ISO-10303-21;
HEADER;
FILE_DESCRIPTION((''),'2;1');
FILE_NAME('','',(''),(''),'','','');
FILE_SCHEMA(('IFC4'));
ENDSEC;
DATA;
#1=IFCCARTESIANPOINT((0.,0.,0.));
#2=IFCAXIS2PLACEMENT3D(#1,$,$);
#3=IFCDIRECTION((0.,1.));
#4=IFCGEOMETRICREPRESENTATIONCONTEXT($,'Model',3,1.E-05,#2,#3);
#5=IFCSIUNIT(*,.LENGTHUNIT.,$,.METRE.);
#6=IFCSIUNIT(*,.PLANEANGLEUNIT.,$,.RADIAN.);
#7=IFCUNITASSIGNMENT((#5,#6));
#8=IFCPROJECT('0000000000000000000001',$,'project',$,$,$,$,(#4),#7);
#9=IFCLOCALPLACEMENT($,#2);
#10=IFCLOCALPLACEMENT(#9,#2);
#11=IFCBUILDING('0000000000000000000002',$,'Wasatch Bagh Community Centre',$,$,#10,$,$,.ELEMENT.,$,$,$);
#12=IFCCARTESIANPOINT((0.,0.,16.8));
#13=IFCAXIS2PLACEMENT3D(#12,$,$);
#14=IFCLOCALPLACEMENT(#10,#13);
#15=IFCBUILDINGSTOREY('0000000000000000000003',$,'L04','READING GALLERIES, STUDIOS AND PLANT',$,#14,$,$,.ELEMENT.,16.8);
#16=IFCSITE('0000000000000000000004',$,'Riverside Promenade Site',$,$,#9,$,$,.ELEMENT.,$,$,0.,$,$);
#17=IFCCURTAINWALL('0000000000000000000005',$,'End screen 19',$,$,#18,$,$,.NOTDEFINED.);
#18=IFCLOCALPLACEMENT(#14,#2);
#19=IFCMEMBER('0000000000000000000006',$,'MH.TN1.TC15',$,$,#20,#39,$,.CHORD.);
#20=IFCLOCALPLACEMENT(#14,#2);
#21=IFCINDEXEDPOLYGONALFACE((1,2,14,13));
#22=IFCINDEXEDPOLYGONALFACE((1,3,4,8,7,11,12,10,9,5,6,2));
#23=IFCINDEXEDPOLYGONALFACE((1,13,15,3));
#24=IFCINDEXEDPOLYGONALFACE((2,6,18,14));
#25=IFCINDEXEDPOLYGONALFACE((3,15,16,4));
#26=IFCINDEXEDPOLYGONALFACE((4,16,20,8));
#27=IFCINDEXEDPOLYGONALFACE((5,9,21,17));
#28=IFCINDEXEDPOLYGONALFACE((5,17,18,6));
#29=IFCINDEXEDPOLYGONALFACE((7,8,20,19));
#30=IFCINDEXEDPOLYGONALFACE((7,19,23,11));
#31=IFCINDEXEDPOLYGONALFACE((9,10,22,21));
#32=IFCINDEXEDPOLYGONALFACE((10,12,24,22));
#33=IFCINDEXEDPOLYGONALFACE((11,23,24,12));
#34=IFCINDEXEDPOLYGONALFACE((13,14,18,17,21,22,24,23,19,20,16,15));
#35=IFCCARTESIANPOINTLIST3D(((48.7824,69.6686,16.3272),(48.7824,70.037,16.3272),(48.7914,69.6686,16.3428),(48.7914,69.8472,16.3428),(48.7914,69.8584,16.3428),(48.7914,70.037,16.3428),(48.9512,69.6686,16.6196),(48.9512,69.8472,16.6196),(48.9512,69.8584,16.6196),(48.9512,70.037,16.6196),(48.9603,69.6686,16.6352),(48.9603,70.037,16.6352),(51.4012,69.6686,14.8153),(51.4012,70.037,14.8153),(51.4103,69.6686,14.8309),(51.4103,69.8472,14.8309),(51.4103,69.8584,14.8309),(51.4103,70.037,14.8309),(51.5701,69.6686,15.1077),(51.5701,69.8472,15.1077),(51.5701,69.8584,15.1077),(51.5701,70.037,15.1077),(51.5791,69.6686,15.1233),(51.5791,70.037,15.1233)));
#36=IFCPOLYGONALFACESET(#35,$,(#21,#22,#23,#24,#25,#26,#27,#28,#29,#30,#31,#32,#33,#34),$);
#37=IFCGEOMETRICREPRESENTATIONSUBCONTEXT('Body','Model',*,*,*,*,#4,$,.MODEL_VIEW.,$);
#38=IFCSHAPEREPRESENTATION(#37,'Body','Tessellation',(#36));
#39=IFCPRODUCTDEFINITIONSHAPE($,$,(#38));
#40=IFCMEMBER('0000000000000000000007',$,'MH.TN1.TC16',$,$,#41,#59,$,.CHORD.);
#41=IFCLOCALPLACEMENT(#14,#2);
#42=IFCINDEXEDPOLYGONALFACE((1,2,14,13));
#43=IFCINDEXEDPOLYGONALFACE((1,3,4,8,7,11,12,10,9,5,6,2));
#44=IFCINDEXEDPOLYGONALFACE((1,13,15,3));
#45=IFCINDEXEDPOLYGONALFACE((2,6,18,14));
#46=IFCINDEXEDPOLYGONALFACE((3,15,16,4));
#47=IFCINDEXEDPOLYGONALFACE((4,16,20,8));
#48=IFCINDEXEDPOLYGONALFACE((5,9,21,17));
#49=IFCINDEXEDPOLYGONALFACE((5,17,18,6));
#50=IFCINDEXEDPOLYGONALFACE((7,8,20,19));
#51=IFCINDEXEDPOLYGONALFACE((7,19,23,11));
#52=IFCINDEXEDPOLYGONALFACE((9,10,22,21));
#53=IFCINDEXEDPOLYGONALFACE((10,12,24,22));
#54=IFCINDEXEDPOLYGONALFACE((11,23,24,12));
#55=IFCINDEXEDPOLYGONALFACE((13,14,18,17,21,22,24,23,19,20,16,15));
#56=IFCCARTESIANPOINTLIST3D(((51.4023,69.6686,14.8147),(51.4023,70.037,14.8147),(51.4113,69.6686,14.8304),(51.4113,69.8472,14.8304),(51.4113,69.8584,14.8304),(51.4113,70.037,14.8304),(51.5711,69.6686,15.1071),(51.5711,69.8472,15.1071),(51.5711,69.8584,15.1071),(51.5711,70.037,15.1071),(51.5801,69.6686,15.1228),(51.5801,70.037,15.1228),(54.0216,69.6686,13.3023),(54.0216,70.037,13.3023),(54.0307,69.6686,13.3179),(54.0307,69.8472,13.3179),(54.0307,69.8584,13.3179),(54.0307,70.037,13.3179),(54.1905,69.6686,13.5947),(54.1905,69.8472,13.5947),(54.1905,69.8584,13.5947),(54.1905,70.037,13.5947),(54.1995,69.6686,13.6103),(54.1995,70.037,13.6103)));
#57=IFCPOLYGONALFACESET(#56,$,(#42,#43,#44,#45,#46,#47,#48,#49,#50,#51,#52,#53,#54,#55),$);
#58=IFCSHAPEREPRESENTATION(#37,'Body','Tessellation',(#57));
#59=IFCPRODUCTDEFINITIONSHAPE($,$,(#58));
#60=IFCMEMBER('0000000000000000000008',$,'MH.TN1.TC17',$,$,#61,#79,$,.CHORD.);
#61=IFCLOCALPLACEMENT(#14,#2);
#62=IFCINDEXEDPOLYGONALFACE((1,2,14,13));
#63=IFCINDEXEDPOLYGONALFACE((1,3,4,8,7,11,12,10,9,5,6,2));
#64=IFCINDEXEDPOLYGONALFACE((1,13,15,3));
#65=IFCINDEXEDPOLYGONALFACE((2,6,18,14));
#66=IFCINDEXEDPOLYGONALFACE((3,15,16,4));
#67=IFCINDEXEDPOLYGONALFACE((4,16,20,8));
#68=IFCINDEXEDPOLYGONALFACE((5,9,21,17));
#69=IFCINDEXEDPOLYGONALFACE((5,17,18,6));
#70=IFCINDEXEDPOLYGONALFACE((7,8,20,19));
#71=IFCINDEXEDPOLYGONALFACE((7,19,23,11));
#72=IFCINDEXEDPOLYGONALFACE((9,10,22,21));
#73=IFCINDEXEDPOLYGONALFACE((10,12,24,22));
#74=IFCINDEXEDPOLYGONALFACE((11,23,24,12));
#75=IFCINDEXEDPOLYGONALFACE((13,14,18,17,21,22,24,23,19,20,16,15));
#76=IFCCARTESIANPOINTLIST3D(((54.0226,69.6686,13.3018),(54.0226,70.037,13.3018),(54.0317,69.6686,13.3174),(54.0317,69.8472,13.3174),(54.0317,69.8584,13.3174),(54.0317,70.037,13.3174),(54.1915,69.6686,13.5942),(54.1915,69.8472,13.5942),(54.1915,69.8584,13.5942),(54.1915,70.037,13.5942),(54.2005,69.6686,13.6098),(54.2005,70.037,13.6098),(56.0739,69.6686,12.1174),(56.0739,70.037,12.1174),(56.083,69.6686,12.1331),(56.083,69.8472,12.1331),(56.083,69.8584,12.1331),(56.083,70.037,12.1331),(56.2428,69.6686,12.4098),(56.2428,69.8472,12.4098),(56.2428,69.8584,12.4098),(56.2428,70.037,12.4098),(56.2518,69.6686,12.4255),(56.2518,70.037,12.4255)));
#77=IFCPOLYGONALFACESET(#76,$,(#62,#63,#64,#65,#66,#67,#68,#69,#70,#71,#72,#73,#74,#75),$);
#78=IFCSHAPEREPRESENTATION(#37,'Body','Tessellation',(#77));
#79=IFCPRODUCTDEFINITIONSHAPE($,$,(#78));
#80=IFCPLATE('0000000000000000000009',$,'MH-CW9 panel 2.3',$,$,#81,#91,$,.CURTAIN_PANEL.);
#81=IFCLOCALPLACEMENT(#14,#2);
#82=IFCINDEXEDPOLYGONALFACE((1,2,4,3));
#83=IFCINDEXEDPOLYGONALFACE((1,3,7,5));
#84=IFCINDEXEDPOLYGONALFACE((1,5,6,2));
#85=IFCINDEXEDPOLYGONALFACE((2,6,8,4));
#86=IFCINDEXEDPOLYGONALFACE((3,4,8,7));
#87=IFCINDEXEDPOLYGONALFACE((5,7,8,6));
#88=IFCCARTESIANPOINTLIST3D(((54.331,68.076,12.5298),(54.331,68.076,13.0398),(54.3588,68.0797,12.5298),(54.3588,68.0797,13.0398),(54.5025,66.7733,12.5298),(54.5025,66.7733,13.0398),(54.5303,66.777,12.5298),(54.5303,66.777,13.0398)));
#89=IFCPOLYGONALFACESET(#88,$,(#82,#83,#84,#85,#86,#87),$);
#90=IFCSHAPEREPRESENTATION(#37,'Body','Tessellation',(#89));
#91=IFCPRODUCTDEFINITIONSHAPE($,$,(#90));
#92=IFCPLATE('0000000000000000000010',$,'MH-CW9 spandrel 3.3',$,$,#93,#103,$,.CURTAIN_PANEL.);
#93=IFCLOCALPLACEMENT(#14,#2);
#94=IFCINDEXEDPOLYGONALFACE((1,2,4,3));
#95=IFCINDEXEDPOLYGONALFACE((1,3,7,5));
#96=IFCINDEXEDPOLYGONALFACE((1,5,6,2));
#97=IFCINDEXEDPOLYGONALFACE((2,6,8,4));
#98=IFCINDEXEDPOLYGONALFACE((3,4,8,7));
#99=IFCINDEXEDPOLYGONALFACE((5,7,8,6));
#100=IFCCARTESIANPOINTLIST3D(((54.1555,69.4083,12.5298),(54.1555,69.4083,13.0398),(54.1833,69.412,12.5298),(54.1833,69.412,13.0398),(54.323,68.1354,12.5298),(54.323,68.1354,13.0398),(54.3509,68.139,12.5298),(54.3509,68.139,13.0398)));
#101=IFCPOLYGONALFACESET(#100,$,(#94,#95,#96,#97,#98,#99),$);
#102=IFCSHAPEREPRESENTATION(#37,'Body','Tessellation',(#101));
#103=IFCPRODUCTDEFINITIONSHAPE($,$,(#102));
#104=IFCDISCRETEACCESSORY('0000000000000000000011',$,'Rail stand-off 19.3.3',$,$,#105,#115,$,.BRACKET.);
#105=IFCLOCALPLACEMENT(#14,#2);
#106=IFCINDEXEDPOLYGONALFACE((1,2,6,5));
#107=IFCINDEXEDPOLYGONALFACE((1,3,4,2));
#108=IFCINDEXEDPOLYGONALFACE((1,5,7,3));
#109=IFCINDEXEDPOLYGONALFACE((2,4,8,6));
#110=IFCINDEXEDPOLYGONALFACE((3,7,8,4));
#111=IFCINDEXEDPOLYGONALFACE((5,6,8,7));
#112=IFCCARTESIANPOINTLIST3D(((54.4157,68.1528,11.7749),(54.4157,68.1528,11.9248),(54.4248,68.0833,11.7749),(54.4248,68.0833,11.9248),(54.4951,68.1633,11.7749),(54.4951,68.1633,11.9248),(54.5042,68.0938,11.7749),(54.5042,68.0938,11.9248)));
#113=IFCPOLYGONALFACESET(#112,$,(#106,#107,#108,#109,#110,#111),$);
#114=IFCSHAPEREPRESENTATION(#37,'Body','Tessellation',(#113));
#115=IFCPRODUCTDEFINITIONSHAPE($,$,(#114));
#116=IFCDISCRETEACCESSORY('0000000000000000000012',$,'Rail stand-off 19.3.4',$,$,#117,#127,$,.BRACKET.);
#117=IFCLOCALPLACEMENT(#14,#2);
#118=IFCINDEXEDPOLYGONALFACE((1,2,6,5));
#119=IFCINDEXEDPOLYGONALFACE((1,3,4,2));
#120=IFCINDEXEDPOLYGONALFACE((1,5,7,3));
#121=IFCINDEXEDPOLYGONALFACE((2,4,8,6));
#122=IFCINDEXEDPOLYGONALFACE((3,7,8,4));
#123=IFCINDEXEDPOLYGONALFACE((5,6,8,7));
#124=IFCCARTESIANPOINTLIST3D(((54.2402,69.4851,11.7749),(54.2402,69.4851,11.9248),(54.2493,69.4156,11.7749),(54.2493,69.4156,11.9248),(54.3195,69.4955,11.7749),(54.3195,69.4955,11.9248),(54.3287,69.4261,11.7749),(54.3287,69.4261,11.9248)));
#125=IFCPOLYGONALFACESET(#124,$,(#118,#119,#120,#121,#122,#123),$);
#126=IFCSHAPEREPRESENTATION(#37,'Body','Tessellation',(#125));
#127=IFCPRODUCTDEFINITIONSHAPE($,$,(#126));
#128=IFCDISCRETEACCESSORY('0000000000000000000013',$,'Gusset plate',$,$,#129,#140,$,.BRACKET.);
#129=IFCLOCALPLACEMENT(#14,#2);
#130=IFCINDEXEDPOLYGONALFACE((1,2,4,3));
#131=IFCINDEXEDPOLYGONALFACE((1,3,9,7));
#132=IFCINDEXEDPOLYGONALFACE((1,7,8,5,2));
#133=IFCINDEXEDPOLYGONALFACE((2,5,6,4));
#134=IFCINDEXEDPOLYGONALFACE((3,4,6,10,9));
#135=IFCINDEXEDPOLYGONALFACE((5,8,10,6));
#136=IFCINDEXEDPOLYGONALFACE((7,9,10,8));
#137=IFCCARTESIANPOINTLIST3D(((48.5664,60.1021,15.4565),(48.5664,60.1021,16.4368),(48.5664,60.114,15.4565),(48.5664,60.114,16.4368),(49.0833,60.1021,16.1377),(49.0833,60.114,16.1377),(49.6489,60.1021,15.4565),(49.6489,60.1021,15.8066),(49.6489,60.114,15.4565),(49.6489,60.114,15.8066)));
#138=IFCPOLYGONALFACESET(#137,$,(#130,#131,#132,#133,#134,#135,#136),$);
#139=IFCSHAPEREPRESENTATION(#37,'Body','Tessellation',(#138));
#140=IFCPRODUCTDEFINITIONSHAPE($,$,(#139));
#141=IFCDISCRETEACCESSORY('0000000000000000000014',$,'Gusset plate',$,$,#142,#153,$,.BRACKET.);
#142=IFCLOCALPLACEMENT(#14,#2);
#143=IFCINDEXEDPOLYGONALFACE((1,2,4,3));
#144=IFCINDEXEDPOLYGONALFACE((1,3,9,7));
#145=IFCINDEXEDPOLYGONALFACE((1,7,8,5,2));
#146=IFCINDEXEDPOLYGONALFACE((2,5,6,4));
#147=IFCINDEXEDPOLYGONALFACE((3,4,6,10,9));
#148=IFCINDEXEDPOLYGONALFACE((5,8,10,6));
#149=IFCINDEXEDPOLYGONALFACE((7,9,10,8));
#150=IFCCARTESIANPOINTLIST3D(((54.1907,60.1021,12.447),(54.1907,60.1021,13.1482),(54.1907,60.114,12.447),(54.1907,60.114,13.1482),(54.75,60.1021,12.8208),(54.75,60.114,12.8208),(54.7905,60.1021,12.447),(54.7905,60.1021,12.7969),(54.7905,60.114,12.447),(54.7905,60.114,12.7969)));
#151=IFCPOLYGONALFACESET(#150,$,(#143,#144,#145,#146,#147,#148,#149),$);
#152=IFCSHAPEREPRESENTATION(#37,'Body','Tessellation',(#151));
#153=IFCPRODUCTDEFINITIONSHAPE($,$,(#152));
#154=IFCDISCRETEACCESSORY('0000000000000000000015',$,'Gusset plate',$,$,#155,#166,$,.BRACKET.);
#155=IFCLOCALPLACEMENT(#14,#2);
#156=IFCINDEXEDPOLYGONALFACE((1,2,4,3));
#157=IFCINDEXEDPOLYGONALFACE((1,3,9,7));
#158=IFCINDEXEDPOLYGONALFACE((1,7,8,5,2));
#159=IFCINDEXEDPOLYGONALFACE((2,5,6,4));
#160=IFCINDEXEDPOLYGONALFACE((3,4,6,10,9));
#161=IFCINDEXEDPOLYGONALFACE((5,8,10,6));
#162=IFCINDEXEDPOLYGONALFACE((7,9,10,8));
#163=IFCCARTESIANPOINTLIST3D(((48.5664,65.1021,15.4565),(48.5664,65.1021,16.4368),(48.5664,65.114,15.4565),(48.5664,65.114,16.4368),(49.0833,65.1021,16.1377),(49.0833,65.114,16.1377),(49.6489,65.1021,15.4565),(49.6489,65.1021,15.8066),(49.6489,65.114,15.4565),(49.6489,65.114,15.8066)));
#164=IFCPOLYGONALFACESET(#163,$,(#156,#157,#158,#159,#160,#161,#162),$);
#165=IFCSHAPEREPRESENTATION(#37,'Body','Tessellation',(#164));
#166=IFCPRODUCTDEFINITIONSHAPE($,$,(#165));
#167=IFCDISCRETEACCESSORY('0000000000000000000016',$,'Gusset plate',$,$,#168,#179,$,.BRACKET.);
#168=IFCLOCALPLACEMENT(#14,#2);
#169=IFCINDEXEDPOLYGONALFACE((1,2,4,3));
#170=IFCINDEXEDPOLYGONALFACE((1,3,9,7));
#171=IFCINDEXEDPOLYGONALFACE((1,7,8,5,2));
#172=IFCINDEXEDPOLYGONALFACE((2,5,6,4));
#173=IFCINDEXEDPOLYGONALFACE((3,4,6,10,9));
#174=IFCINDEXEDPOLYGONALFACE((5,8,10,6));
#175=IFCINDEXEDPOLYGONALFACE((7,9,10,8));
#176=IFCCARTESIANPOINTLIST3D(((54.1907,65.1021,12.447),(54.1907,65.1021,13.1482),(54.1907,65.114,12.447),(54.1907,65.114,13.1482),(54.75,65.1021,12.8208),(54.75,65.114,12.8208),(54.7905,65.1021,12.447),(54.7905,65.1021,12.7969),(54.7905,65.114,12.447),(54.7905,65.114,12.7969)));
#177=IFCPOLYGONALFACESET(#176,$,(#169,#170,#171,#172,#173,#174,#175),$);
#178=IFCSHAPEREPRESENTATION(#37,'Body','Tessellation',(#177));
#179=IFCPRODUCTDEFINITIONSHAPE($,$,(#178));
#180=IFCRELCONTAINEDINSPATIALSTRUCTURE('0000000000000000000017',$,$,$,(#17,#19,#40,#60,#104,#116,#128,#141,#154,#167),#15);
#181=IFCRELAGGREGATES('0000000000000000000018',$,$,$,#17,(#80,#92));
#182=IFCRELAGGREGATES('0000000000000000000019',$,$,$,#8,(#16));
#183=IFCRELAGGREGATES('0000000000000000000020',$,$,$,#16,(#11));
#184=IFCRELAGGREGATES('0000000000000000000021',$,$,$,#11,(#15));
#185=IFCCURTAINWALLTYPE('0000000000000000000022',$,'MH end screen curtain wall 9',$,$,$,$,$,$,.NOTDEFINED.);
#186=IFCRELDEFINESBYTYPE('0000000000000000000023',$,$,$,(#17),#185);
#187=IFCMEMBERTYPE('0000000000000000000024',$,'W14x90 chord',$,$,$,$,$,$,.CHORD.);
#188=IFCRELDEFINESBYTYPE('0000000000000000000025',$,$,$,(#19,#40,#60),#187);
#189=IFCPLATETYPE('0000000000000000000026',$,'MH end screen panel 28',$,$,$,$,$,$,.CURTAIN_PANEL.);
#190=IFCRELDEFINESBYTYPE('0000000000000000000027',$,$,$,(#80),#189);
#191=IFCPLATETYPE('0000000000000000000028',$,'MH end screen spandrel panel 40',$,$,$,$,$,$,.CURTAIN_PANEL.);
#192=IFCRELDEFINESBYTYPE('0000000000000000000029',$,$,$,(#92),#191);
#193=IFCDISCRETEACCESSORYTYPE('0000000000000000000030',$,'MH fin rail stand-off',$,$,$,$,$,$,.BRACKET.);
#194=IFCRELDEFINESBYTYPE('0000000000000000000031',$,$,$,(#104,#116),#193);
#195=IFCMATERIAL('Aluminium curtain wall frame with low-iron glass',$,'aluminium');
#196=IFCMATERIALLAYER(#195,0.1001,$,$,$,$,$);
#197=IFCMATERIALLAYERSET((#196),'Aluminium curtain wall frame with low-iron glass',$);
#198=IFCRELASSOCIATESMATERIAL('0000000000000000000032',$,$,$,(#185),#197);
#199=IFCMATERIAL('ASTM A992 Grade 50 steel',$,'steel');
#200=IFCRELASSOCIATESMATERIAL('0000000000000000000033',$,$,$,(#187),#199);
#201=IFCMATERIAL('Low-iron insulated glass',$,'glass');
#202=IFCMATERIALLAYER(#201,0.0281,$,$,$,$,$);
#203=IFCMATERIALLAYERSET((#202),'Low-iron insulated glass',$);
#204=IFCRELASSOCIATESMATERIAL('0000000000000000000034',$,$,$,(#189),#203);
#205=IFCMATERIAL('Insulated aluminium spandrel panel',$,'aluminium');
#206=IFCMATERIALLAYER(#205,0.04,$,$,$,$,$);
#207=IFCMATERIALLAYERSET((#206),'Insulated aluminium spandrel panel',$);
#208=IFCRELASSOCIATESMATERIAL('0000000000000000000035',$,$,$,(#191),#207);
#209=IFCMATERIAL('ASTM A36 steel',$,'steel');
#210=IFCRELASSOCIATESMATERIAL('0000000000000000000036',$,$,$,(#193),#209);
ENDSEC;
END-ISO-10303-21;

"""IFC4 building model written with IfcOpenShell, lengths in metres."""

from ifc_helpers import new_model, si_unit, direction, frame, origin, origin_2d, place, context, subcontext, project, spatial, polyline, rectangle, i_section, outline, extrude, material, layer, layer_set, material_profile, profile_set, type_object, element, aggregate, save


model = new_model("IFC4")

# Units and contexts
model_context = context("Model", 3, precision=1e-05, world=origin(), true_north=direction((0.0, 1.0)))
body_context = subcontext(model_context, "Body", "Model", "MODEL_VIEW")
ifc_project = project(units=[si_unit("LENGTHUNIT", "METRE"), si_unit("PLANEANGLEUNIT", "RADIAN")], contexts=[model_context])

# Site, building, storey
site_placement = place(None, origin())
site = spatial("IfcSite", under=ifc_project, at=site_placement, Name="Riverside Promenade Site", CompositionType="ELEMENT", RefElevation=0.0)
building_placement = place(site_placement, origin())
building = spatial("IfcBuilding", under=site, at=building_placement, Name="Wasatch Bagh Community Centre", CompositionType="ELEMENT")
storey_placement = place(building_placement, frame((0.0, 0.0, 16.8)))
storey = spatial("IfcBuildingStorey", under=building, at=storey_placement, Name="L04", Description="READING GALLERIES, STUDIOS AND PLANT", CompositionType="ELEMENT", Elevation=16.8)

# Curtain wall
ifc_material_1 = material(Name="Aluminium curtain wall frame with low-iron glass", Category="aluminium")
ifc_layer_1 = layer(ifc_material_1, 0.1001)
ifc_layer_set_1 = layer_set([ifc_layer_1], Name="Aluminium curtain wall frame with low-iron glass")
curtain_wall_type = type_object("IfcCurtainWallType", Name="MH end screen curtain wall 9", PredefinedType="NOTDEFINED", material=ifc_layer_set_1)
curtain_wall_placement = place(storey_placement, origin())
curtain_wall = element("IfcCurtainWall", 1, at=curtain_wall_placement, inside=storey, type_object=curtain_wall_type, Name="End screen 19", PredefinedType="NOTDEFINED")

# Members
ifc_material_2 = material(Name="ASTM A992 Grade 50 steel", Category="steel")
ifc_material_profile_1 = material_profile(ifc_material_2, i_section(OverallWidth=0.3684, OverallDepth=0.3557, WebThickness=0.0112, FlangeThickness=0.0181, at=origin_2d()), Name="W14x90")
ifc_profile_set_1 = profile_set([ifc_material_profile_1], Name="ASTM A992 Grade 50 steel")
member_type_1 = type_object("IfcMemberType", Name="W14x90 chord", PredefinedType="CHORD", material=ifc_profile_set_1)
member_1_placement = place(storey_placement, frame((48.8713, 69.8528, 16.4812), z_axis=(0.866034, 0.0, -0.499986), x_axis=(0.0, 1.0, 0.0)))
element("IfcMember", 2, at=member_1_placement, inside=storey, type_object=member_type_1, Name="MH.TN1.TC15", PredefinedType="CHORD", context=body_context, shape_type="SweptSolid", body=[
    extrude(i_section(OverallWidth=0.3684, OverallDepth=0.3557, WebThickness=0.0112, FlangeThickness=0.0181, at=origin_2d()), origin(), (0.0, 0.0, 1.0), 3.0239),
])
member_2_placement = place(storey_placement, frame((51.4912, 69.8528, 14.9688), z_axis=(0.866004, 0.0, -0.500037), x_axis=(0.0, 1.0, 0.0)))
element("IfcMember", 3, at=member_2_placement, inside=storey, type_object=member_type_1, Name="MH.TN1.TC16", PredefinedType="CHORD", context=body_context, shape_type="SweptSolid", body=[
    extrude(i_section(OverallWidth=0.3684, OverallDepth=0.3557, WebThickness=0.0112, FlangeThickness=0.0181, at=origin_2d()), origin(), (0.0, 0.0, 1.0), 3.0247),
])
member_3_placement = place(storey_placement, frame((54.1116, 69.8528, 13.4558), z_axis=(0.866021, 0.0, -0.500008), x_axis=(0.0, 1.0, 0.0)))
element("IfcMember", 4, at=member_3_placement, inside=storey, type_object=member_type_1, Name="MH.TN1.TC17", PredefinedType="CHORD", context=body_context, shape_type="SweptSolid", body=[
    extrude(i_section(OverallWidth=0.3684, OverallDepth=0.3557, WebThickness=0.0112, FlangeThickness=0.0181, at=origin_2d()), origin(), (0.0, 0.0, 1.0), 2.3687),
])

# Plates
ifc_material_3 = material(Name="Low-iron insulated glass", Category="glass")
ifc_layer_2 = layer(ifc_material_3, 0.0281)
ifc_layer_set_2 = layer_set([ifc_layer_2], Name="Low-iron insulated glass")
plate_type_1 = type_object("IfcPlateType", Name="MH end screen panel 28", PredefinedType="CURTAIN_PANEL", material=ifc_layer_set_2)
plate_1_placement = place(storey_placement, frame((54.4307, 67.4265, 12.5298), z_axis=(0.0, 0.0, 1.0), x_axis=(-0.130526, 0.991445, 0.0)))
plate_1 = element("IfcPlate", 5, at=plate_1_placement, type_object=plate_type_1, Name="MH-CW9 panel 2.3", PredefinedType="CURTAIN_PANEL", context=body_context, shape_type="SweptSolid", body=[
    extrude(rectangle(XDim=1.314, YDim=0.0281, at=origin_2d()), origin(), (0.0, 0.0, 1.0), 0.51),
])
ifc_material_4 = material(Name="Insulated aluminium spandrel panel", Category="aluminium")
ifc_layer_3 = layer(ifc_material_4, 0.04)
ifc_layer_set_3 = layer_set([ifc_layer_3], Name="Insulated aluminium spandrel panel")
plate_type_2 = type_object("IfcPlateType", Name="MH end screen spandrel panel 40", PredefinedType="CURTAIN_PANEL", material=ifc_layer_set_3)
plate_2_placement = place(storey_placement, frame((54.2532, 68.7737, 12.5298), z_axis=(0.0, 0.0, 1.0), x_axis=(-0.130526, 0.991445, 0.0)))
plate_2 = element("IfcPlate", 6, at=plate_2_placement, type_object=plate_type_2, Name="MH-CW9 spandrel 3.3", PredefinedType="CURTAIN_PANEL", context=body_context, shape_type="SweptSolid", body=[
    extrude(rectangle(XDim=1.2839, YDim=0.0281, at=origin_2d()), origin(), (0.0, 0.0, 1.0), 0.51),
])
aggregate(curtain_wall, [plate_1, plate_2])

# Discrete accessories
ifc_material_5 = material(Name="ASTM A36 steel", Category="steel")
discrete_accessory_type = type_object("IfcDiscreteAccessoryType", Name="MH fin rail stand-off", PredefinedType="BRACKET", material=ifc_material_5)
for number, where, z_axis, x_axis, name in (
    (7, (54.46, 68.1233, 11.7749), (0.0, 0.0, 1.0), (-0.130526, 0.991445, 0.0), "Rail stand-off 19.3.3"),
    (8, (54.2844, 69.4556, 11.7749), (0.0, 0.0, 1.0), (-0.130526, 0.991445, 0.0), "Rail stand-off 19.3.4"),
):
    element("IfcDiscreteAccessory", number, at=place(storey_placement, frame(where, z_axis=z_axis, x_axis=x_axis)), inside=storey, type_object=discrete_accessory_type, Name=name, PredefinedType="BRACKET", context=body_context, shape_type="SweptSolid", body=[
        extrude(rectangle(XDim=0.0701, YDim=0.0801, at=origin_2d()), origin(), (0.0, 0.0, 1.0), 0.1499),
    ])
discrete_accessory_1_placement = place(storey_placement, frame((48.5664, 60.114, 16.4368), z_axis=(0.0, 1.0, 0.0), x_axis=(0.865538, 0.0, -0.500843)))
element("IfcDiscreteAccessory", 9, at=discrete_accessory_1_placement, inside=storey, Name="Gusset plate", PredefinedType="BRACKET", context=body_context, shape_type="SweptSolid", body=[
    extrude(outline(polyline([(0.0, 0.0), (0.5971, 0.0), (1.2526, 0.0032), (1.4279, 0.3062), (0.4909, 0.8484), (0.0, 0.0)])), origin(), (0.0, 0.0, -1.0), 0.012),
])
discrete_accessory_2_placement = place(storey_placement, frame((54.1907, 60.114, 13.1482), z_axis=(0.0, 1.0, 0.0), x_axis=(0.863026, 0.0, -0.505159)))
element("IfcDiscreteAccessory", 10, at=discrete_accessory_2_placement, inside=storey, Name="Gusset plate", PredefinedType="BRACKET", context=body_context, shape_type="SweptSolid", body=[
    extrude(outline(polyline([(0.0, 0.0), (0.6481, 0.0), (0.6952, 0.0002), (0.8719, 0.3021), (0.3542, 0.6051), (0.0, 0.0)])), origin(), (0.0, 0.0, -1.0), 0.012),
])
discrete_accessory_3_placement = place(storey_placement, frame((48.5664, 65.114, 16.4368), z_axis=(0.0, 1.0, 0.0), x_axis=(0.865538, 0.0, -0.500843)))
element("IfcDiscreteAccessory", 11, at=discrete_accessory_3_placement, inside=storey, Name="Gusset plate", PredefinedType="BRACKET", context=body_context, shape_type="SweptSolid", body=[
    extrude(outline(polyline([(0.0, 0.0), (0.5971, 0.0), (1.2526, 0.0032), (1.4279, 0.3062), (0.4909, 0.8484), (0.0, 0.0)])), origin(), (0.0, 0.0, -1.0), 0.012),
])
discrete_accessory_4_placement = place(storey_placement, frame((54.1907, 65.114, 13.1482), z_axis=(0.0, 1.0, 0.0), x_axis=(0.863026, 0.0, -0.505159)))
element("IfcDiscreteAccessory", 12, at=discrete_accessory_4_placement, inside=storey, Name="Gusset plate", PredefinedType="BRACKET", context=body_context, shape_type="SweptSolid", body=[
    extrude(outline(polyline([(0.0, 0.0), (0.6481, 0.0), (0.6952, 0.0002), (0.8719, 0.3021), (0.3542, 0.6051), (0.0, 0.0)])), origin(), (0.0, 0.0, -1.0), 0.012),
])

save(model, "model.ifc")
